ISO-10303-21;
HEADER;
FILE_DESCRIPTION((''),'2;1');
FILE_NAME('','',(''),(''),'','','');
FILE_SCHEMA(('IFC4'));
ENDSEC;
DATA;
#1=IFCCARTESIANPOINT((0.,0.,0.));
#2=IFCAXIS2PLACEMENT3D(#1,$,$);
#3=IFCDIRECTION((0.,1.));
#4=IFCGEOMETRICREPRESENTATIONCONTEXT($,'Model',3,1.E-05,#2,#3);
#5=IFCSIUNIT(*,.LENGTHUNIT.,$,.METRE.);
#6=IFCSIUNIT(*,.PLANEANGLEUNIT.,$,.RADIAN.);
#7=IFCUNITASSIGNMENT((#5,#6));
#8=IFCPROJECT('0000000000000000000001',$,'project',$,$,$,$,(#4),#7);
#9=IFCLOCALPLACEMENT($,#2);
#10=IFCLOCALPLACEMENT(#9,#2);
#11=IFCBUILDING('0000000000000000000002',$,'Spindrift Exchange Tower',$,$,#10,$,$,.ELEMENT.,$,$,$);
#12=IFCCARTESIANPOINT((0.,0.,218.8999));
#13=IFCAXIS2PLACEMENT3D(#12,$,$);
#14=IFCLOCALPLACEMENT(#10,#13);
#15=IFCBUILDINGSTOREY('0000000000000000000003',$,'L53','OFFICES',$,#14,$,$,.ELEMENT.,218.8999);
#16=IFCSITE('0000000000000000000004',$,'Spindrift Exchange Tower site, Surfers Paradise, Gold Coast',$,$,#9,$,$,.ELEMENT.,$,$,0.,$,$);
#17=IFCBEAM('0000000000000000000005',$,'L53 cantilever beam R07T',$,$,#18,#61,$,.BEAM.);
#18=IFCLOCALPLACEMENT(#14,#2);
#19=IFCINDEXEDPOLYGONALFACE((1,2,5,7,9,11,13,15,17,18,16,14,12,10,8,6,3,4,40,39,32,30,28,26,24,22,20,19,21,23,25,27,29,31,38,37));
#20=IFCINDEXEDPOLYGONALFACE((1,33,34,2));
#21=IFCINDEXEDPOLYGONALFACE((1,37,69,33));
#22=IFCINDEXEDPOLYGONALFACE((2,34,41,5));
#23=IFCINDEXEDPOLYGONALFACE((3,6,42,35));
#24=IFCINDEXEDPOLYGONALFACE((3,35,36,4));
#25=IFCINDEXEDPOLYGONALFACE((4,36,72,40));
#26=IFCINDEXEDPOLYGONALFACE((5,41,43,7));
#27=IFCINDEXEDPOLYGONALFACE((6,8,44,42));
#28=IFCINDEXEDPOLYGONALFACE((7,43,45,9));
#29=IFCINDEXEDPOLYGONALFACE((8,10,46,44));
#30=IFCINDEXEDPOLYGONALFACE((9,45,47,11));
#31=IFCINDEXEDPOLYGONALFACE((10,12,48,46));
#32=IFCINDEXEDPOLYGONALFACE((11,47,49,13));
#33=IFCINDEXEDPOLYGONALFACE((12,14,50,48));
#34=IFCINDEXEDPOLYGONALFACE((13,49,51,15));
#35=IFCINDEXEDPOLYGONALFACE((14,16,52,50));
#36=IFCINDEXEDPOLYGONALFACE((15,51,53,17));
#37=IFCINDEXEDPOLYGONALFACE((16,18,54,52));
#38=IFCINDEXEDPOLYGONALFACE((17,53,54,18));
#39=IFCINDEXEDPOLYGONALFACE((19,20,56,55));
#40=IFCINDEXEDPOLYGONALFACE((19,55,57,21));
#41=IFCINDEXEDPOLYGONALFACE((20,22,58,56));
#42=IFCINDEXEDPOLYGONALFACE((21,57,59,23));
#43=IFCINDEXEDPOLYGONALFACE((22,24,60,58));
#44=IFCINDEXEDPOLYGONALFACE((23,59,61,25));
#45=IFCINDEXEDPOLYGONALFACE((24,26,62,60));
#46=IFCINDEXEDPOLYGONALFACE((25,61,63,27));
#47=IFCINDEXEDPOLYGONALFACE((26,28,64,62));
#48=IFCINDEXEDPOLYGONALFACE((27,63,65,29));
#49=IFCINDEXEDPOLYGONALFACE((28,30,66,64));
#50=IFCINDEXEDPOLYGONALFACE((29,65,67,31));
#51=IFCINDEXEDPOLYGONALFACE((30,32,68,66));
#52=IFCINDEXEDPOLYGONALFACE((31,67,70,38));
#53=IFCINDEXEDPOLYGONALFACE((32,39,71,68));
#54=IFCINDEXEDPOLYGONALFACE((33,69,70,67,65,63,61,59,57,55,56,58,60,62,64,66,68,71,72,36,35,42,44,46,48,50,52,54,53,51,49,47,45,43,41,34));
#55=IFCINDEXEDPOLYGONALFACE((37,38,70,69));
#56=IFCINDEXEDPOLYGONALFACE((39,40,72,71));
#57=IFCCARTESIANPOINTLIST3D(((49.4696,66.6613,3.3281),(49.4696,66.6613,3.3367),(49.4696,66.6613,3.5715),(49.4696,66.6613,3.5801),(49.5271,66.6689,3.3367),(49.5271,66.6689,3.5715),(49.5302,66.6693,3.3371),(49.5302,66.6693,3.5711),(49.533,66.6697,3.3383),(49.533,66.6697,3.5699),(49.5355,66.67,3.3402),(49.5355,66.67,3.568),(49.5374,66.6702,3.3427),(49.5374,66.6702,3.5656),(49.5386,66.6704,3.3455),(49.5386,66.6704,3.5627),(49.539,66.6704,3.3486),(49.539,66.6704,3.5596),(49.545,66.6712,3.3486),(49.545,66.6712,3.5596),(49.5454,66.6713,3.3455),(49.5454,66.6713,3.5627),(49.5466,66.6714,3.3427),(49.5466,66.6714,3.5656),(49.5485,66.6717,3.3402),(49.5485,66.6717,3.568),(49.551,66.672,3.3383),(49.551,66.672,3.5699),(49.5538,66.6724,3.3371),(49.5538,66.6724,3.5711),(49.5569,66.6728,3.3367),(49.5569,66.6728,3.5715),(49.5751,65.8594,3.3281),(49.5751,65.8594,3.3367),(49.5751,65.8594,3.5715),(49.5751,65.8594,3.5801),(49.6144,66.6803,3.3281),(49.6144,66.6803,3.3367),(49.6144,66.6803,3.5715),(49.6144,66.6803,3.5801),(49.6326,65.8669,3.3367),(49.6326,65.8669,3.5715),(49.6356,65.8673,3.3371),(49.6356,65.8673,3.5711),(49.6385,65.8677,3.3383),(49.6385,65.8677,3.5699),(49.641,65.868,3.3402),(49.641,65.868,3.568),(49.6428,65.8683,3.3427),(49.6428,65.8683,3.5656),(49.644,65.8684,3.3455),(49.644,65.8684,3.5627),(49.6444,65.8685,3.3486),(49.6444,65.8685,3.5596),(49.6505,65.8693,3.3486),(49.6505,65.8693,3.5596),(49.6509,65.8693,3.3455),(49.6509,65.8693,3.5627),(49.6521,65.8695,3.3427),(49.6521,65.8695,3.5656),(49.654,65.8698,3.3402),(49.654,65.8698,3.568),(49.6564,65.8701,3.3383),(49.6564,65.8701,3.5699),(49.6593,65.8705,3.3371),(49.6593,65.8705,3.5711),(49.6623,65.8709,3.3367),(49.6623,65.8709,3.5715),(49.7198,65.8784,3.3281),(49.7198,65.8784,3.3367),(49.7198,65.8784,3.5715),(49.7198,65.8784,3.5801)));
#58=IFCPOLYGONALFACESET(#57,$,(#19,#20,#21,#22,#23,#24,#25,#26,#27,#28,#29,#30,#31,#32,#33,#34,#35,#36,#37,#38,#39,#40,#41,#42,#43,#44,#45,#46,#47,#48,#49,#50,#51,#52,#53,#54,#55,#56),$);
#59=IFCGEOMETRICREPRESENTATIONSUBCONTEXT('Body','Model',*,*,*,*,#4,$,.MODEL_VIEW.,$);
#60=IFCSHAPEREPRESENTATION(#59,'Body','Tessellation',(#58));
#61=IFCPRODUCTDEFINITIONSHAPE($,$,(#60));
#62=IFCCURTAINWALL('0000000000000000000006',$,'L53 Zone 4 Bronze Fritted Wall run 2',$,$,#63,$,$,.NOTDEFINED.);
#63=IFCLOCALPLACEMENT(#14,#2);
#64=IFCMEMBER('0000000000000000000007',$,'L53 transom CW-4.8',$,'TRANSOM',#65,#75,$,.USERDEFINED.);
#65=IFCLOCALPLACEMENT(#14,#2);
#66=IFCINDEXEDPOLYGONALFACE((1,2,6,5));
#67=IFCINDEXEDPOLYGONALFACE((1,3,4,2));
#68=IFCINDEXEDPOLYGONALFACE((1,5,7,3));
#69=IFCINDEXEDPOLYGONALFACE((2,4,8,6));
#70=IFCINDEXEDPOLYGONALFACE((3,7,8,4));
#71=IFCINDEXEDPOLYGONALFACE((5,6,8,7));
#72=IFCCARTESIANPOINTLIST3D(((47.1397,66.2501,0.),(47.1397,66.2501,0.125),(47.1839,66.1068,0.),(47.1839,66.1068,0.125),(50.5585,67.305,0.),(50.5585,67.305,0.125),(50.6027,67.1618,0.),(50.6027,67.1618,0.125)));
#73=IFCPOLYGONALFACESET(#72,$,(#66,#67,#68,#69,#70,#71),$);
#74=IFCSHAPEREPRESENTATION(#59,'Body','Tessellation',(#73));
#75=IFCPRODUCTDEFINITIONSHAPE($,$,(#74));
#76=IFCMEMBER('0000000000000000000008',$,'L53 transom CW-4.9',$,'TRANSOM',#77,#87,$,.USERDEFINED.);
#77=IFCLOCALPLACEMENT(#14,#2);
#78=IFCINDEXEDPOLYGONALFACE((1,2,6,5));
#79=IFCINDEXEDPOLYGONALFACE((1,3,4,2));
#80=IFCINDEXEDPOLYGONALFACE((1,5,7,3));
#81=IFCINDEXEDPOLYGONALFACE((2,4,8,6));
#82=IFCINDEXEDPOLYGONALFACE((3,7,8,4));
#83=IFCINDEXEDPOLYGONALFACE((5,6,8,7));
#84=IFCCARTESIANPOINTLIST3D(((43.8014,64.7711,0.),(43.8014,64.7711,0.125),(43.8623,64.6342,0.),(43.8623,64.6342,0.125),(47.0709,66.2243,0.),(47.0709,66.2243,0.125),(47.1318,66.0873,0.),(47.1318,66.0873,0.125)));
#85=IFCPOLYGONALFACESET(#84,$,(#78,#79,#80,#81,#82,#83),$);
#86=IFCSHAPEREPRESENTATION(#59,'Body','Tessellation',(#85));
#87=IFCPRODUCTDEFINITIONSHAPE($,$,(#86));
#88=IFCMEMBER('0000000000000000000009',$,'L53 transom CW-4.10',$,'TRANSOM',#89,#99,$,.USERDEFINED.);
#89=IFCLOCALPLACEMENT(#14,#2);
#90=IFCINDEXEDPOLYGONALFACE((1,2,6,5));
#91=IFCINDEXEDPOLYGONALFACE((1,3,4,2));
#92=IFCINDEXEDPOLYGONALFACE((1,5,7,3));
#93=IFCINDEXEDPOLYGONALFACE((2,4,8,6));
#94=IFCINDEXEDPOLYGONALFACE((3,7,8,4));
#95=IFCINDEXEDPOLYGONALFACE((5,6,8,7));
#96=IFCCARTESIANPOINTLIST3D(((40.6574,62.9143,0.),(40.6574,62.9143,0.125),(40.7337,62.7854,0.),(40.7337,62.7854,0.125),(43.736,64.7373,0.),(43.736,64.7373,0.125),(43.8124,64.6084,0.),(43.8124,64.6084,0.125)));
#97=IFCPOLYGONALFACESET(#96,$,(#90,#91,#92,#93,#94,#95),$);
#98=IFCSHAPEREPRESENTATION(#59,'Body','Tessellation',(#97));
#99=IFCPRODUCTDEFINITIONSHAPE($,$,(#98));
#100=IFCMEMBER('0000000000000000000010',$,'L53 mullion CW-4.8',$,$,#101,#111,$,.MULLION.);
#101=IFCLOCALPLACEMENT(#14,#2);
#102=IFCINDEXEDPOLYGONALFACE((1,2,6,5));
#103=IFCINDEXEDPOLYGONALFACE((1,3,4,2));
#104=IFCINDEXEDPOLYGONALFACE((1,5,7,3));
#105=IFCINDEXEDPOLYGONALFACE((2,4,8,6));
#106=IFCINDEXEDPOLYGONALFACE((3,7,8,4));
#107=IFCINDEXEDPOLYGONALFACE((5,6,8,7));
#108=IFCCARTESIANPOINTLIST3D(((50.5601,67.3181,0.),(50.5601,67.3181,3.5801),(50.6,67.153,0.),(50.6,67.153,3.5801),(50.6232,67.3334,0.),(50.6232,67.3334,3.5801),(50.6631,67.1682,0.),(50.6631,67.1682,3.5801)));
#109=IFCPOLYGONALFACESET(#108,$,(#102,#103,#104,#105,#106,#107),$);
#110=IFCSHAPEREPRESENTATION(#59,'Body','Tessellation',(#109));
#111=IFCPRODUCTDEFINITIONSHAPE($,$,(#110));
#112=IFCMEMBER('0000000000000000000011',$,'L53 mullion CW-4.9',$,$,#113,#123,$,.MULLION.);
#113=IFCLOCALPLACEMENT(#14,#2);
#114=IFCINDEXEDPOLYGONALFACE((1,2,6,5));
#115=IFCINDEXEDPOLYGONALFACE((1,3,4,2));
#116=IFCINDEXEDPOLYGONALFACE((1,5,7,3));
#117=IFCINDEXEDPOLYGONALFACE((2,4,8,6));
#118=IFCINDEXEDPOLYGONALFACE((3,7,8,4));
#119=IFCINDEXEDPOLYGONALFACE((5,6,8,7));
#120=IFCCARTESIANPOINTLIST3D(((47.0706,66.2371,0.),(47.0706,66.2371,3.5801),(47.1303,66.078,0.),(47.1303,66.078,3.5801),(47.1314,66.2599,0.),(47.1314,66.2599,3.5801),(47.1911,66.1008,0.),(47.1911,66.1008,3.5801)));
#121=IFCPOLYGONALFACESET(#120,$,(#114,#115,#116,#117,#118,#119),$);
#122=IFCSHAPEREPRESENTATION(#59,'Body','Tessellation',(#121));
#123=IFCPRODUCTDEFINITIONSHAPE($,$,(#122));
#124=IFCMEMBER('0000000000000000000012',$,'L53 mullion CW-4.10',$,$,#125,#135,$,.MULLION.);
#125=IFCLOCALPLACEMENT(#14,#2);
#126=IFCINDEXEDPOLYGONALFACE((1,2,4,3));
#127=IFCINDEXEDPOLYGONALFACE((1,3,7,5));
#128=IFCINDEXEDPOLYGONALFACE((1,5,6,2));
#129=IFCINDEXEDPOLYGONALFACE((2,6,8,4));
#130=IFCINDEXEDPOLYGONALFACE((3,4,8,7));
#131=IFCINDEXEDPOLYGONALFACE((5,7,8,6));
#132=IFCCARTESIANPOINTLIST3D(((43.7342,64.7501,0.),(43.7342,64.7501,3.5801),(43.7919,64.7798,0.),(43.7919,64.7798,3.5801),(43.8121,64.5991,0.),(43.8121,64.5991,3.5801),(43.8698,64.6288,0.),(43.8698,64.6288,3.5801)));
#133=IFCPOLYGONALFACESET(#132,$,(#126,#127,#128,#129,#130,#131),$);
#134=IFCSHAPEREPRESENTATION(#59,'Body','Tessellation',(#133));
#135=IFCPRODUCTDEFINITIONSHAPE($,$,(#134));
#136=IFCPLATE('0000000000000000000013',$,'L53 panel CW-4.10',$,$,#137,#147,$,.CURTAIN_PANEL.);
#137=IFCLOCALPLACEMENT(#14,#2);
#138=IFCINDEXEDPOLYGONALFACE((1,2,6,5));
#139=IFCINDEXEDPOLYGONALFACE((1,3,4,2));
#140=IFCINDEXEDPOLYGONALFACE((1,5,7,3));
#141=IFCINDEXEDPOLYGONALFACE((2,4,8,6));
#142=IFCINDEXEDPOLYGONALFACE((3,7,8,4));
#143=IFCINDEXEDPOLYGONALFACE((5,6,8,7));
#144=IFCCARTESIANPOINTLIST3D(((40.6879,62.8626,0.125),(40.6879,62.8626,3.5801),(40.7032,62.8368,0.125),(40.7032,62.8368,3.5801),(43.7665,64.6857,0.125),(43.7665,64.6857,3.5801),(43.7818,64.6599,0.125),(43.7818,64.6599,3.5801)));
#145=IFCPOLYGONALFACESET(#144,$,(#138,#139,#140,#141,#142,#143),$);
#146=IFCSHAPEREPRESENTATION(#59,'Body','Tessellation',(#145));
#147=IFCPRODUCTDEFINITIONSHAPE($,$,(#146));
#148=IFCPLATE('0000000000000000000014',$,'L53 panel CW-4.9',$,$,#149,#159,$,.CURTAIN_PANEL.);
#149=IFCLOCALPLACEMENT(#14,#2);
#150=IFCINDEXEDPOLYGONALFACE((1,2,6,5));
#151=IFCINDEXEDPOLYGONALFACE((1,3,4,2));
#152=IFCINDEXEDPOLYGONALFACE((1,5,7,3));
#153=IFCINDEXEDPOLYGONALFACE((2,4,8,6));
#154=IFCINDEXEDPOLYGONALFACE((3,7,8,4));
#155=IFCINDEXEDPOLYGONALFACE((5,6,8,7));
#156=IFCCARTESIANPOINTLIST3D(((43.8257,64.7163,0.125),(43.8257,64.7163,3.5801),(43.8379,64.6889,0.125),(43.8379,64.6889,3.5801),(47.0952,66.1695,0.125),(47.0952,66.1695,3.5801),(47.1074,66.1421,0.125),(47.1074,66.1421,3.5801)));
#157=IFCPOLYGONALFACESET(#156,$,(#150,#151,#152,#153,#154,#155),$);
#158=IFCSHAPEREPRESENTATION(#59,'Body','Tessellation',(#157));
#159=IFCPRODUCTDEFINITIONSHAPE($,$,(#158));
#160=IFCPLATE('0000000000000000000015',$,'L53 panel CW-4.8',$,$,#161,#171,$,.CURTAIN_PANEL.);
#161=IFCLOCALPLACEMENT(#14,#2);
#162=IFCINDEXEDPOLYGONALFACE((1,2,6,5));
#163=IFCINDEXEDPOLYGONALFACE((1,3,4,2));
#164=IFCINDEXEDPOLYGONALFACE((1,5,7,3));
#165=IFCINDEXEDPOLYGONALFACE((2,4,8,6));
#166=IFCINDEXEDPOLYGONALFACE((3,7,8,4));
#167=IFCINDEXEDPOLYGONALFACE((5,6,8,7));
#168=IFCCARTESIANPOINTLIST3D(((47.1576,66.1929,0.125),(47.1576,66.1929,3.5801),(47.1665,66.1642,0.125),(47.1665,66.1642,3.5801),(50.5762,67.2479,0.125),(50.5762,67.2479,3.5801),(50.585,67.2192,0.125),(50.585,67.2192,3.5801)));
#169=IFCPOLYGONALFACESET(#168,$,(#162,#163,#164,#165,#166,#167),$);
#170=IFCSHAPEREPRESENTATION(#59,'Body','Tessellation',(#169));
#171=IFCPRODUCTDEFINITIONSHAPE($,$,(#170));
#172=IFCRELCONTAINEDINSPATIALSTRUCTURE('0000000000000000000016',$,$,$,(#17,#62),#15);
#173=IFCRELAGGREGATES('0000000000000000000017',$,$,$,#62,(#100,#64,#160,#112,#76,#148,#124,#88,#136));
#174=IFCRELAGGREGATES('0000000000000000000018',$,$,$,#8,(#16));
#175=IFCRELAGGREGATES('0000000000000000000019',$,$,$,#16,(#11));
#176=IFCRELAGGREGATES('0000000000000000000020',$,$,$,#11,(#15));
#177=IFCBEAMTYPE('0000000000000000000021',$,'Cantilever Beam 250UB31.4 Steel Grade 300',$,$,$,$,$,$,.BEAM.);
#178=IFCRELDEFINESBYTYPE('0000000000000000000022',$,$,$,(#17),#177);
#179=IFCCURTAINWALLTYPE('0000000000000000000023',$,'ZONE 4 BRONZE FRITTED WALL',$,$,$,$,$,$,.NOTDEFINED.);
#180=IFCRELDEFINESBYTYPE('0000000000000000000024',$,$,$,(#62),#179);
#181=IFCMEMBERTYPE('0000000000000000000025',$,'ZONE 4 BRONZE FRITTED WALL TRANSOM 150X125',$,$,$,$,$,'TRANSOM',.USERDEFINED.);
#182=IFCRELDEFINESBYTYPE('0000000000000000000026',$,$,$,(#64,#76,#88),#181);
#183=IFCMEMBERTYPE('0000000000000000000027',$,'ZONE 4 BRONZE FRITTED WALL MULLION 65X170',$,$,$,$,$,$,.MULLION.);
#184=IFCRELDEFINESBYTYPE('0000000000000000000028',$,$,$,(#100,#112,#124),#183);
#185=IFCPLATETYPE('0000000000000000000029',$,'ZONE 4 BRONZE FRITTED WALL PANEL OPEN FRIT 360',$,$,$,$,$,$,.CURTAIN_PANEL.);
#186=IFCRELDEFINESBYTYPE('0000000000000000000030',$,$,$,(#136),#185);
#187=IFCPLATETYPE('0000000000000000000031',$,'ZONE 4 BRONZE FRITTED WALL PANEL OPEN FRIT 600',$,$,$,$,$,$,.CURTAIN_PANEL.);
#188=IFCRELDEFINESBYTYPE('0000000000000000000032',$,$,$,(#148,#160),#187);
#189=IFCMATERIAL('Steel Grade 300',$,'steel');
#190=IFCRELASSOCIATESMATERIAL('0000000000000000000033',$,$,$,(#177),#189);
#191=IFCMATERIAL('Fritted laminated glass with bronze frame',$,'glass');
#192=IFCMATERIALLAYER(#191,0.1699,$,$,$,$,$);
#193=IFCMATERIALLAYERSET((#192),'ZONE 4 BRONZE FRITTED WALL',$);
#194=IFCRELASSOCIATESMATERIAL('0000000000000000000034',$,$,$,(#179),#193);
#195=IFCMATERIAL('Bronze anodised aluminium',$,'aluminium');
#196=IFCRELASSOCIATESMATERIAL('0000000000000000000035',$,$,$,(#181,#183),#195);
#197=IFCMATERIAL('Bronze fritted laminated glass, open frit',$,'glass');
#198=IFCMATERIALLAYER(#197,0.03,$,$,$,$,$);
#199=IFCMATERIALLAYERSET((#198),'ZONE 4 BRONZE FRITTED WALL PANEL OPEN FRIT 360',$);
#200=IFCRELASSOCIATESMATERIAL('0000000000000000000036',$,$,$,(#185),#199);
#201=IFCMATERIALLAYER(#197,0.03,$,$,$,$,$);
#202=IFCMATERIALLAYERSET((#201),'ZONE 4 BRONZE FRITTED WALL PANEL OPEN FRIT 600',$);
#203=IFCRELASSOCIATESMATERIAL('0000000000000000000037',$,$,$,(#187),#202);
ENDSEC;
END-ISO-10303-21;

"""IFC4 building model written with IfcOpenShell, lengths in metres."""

from ifc_helpers import new_model, si_unit, direction, frame, origin, origin_2d, place, context, subcontext, project, spatial, rectangle, i_section, extrude, source, transform, mapped, material, layer, layer_set, material_profile, profile_set, type_object, element, aggregate, save


model = new_model("IFC4")

# Units and contexts
model_context = context("Model", 3, precision=1e-05, world=origin(), true_north=direction((0.0, 1.0)))
body_context = subcontext(model_context, "Body", "Model", "MODEL_VIEW")
ifc_project = project(units=[si_unit("LENGTHUNIT", "METRE"), si_unit("PLANEANGLEUNIT", "RADIAN")], contexts=[model_context])

# Site, building, storey
site_placement = place(None, origin())
site = spatial("IfcSite", under=ifc_project, at=site_placement, Name="Spindrift Exchange Tower site, Surfers Paradise, Gold Coast", CompositionType="ELEMENT", RefElevation=0.0)
building_placement = place(site_placement, origin())
building = spatial("IfcBuilding", under=site, at=building_placement, Name="Spindrift Exchange Tower", CompositionType="ELEMENT")
storey_placement = place(building_placement, frame((0.0, 0.0, 218.8999)))
storey = spatial("IfcBuildingStorey", under=building, at=storey_placement, Name="L53", Description="OFFICES", CompositionType="ELEMENT", Elevation=218.8999)

# Beam
ifc_material_1 = material(Name="Steel Grade 300", Category="steel")
ifc_material_profile_1 = material_profile(ifc_material_1, i_section(OverallWidth=0.146, OverallDepth=0.252, WebThickness=0.0061, FlangeThickness=0.0085, FilletRadius=0.012, at=origin_2d()), Name="250UB31.4")
ifc_profile_set_1 = profile_set([ifc_material_profile_1], Name="Steel Grade 300")
beam_type_1 = type_object("IfcBeamType", Name="Cantilever Beam 250UB31.4 Steel Grade 300", PredefinedType="BEAM", material=ifc_profile_set_1)
shared_shape_1 = source(origin(), body_context, "Body", "SweptSolid", [
    extrude(i_section(OverallWidth=0.146, OverallDepth=0.252, WebThickness=0.0061, FlangeThickness=0.0085, FilletRadius=0.012, at=origin_2d()), origin(), (0.0, 0.0, 1.0), 0.8088),
])
beam_1_placement = place(storey_placement, frame((49.6475, 65.8689, 3.4541), z_axis=(-0.130384, 0.991464, 0.0), x_axis=(-0.991464, -0.130384, 0.0)))
element("IfcBeam", 1, at=beam_1_placement, inside=storey, type_object=beam_type_1, Name="L53 cantilever beam R07T", PredefinedType="BEAM", context=body_context, shape_type="MappedRepresentation", body=[
    mapped(shared_shape_1, transform((0.0, 0.0, 0.0), scale=1.0)),
])

# Curtain wall, members, plates
ifc_material_2 = material(Name="Fritted laminated glass with bronze frame", Category="glass")
ifc_layer_1 = layer(ifc_material_2, 0.1699)
ifc_layer_set_1 = layer_set([ifc_layer_1], Name="ZONE 4 BRONZE FRITTED WALL")
curtain_wall_type = type_object("IfcCurtainWallType", Name="ZONE 4 BRONZE FRITTED WALL", PredefinedType="NOTDEFINED", material=ifc_layer_set_1)
curtain_wall_placement = place(storey_placement, origin())
curtain_wall = element("IfcCurtainWall", 2, at=curtain_wall_placement, inside=storey, type_object=curtain_wall_type, Name="L53 Zone 4 Bronze Fritted Wall run 2", PredefinedType="NOTDEFINED")
ifc_material_3 = material(Name="Bronze anodised aluminium", Category="aluminium")
ifc_material_profile_2 = material_profile(ifc_material_3, rectangle(XDim=0.1499, YDim=0.125, at=origin_2d()), Name="ZONE 4 BRONZE FRITTED WALL TRANSOM 150X125")
ifc_profile_set_2 = profile_set([ifc_material_profile_2], Name="Bronze anodised aluminium")
member_type_1 = type_object("IfcMemberType", Name="ZONE 4 BRONZE FRITTED WALL TRANSOM 150X125", ElementType="TRANSOM", PredefinedType="USERDEFINED", material=ifc_profile_set_2)
shared_shape_2 = source(origin(), body_context, "Body", "SweptSolid", [
    extrude(rectangle(XDim=0.1499, YDim=0.125, at=origin_2d()), origin(), (0.0, 0.0, 1.0), 3.5779),
])
member_1_placement = place(storey_placement, frame((50.5806, 67.2334, 0.0625), z_axis=(-0.955541, -0.294858, 0.0), x_axis=(0.294858, -0.955541, 0.0)))
member_1 = element("IfcMember", 3, at=member_1_placement, type_object=member_type_1, Name="L53 transom CW-4.8", ObjectType="TRANSOM", PredefinedType="USERDEFINED", context=body_context, shape_type="MappedRepresentation", body=[
    mapped(shared_shape_2, transform((0.0, 0.0, 0.0), scale=1.0)),
])
member_2_placement = place(storey_placement, frame((47.1013, 66.1558, 0.0625), z_axis=(-0.913812, -0.406138, 0.0), x_axis=(0.406138, -0.913812, 0.0)))
member_2 = element("IfcMember", 4, at=member_2_placement, type_object=member_type_1, Name="L53 transom CW-4.9", ObjectType="TRANSOM", PredefinedType="USERDEFINED", context=body_context, shape_type="MappedRepresentation", body=[
    mapped(shared_shape_2, transform((0.0, 0.0, 0.0), scale=1.0)),
])
member_3_placement = place(storey_placement, frame((43.7742, 64.6729, 0.0625), z_axis=(-0.860459, -0.50952, 0.0), x_axis=(0.50952, -0.860459, 0.0)))
member_3 = element("IfcMember", 5, at=member_3_placement, type_object=member_type_1, Name="L53 transom CW-4.10", ObjectType="TRANSOM", PredefinedType="USERDEFINED", context=body_context, shape_type="MappedRepresentation", body=[
    mapped(shared_shape_2, transform((0.0, 0.0, 0.0), scale=1.0)),
])
ifc_material_profile_3 = material_profile(ifc_material_3, rectangle(XDim=0.0649, YDim=0.1699, at=origin_2d()), Name="ZONE 4 BRONZE FRITTED WALL MULLION 65X170")
ifc_profile_set_3 = profile_set([ifc_material_profile_3], Name="Bronze anodised aluminium")
member_type_2 = type_object("IfcMemberType", Name="ZONE 4 BRONZE FRITTED WALL MULLION 65X170", PredefinedType="MULLION", material=ifc_profile_set_3)
shared_shape_3 = source(origin(), body_context, "Body", "SweptSolid", [
    extrude(rectangle(XDim=0.0649, YDim=0.1699, at=origin_2d()), origin(), (0.0, 0.0, 1.0), 3.5801),
])
member_4_placement = place(storey_placement, frame((50.6116, 67.2432, 0.0), z_axis=(0.0, 0.0, 1.0), x_axis=(-0.972064, -0.234716, 0.0)))
member_4 = element("IfcMember", 6, at=member_4_placement, type_object=member_type_2, Name="L53 mullion CW-4.8", PredefinedType="MULLION", context=body_context, shape_type="MappedRepresentation", body=[
    mapped(shared_shape_3, transform((0.0, 0.0, 0.0), scale=1.0)),
])
member_5_placement = place(storey_placement, frame((47.1309, 66.1689, 0.0), z_axis=(0.0, 0.0, 1.0), x_axis=(-0.936323, -0.351139, 0.0)))
member_5 = element("IfcMember", 7, at=member_5_placement, type_object=member_type_2, Name="L53 mullion CW-4.9", PredefinedType="MULLION", context=body_context, shape_type="MappedRepresentation", body=[
    mapped(shared_shape_3, transform((0.0, 0.0, 0.0), scale=1.0)),
])
member_6_placement = place(storey_placement, frame((43.802, 64.6895, 0.0), z_axis=(0.0, 0.0, 1.0), x_axis=(-0.888632, -0.458621, 0.0)))
member_6 = element("IfcMember", 8, at=member_6_placement, type_object=member_type_2, Name="L53 mullion CW-4.10", PredefinedType="MULLION", context=body_context, shape_type="MappedRepresentation", body=[
    mapped(shared_shape_3, transform((0.0, 0.0, 0.0), scale=1.0)),
])
ifc_material_4 = material(Name="Bronze fritted laminated glass, open frit", Category="glass")
ifc_layer_2 = layer(ifc_material_4, 0.03)
ifc_layer_set_2 = layer_set([ifc_layer_2], Name="ZONE 4 BRONZE FRITTED WALL PANEL OPEN FRIT 360")
plate_type_1 = type_object("IfcPlateType", Name="ZONE 4 BRONZE FRITTED WALL PANEL OPEN FRIT 360", PredefinedType="CURTAIN_PANEL", material=ifc_layer_set_2)
shared_shape_4 = source(origin(), body_context, "Body", "SweptSolid", [
    extrude(rectangle(XDim=3.5779, YDim=0.03, at=origin_2d()), origin(), (0.0, 0.0, 1.0), 3.4551),
])
plate_1_placement = place(storey_placement, frame((42.2349, 63.7612, 0.125), z_axis=(0.0, 0.0, 1.0), x_axis=(-0.860446, -0.509542, 0.0)))
plate_1 = element("IfcPlate", 9, at=plate_1_placement, type_object=plate_type_1, Name="L53 panel CW-4.10", PredefinedType="CURTAIN_PANEL", context=body_context, shape_type="MappedRepresentation", body=[
    mapped(shared_shape_4, transform((0.0, 0.0, 0.0), scale=1.0)),
])
ifc_layer_3 = layer(ifc_material_4, 0.03)
ifc_layer_set_3 = layer_set([ifc_layer_3], Name="ZONE 4 BRONZE FRITTED WALL PANEL OPEN FRIT 600")
plate_type_2 = type_object("IfcPlateType", Name="ZONE 4 BRONZE FRITTED WALL PANEL OPEN FRIT 600", PredefinedType="CURTAIN_PANEL", material=ifc_layer_set_3)
shared_shape_5 = source(origin(), body_context, "Body", "SweptSolid", [
    extrude(rectangle(XDim=3.5779, YDim=0.03, at=origin_2d()), origin(), (0.0, 0.0, 1.0), 3.4551),
])
plate_2_placement = place(storey_placement, frame((45.4666, 65.4292, 0.125), z_axis=(0.0, 0.0, 1.0), x_axis=(-0.913808, -0.406147, 0.0)))
plate_2 = element("IfcPlate", 10, at=plate_2_placement, type_object=plate_type_2, Name="L53 panel CW-4.9", PredefinedType="CURTAIN_PANEL", context=body_context, shape_type="MappedRepresentation", body=[
    mapped(shared_shape_5, transform((0.0, 0.0, 0.0), scale=1.0)),
])
shared_shape_6 = source(origin(), body_context, "Body", "SweptSolid", [
    extrude(rectangle(XDim=3.5776, YDim=0.03, at=origin_2d()), origin(), (0.0, 0.0, 1.0), 3.4551),
])
plate_3_placement = place(storey_placement, frame((48.8713, 66.7061, 0.125), z_axis=(0.0, 0.0, 1.0), x_axis=(-0.95553, -0.294893, 0.0)))
plate_3 = element("IfcPlate", 11, at=plate_3_placement, type_object=plate_type_2, Name="L53 panel CW-4.8", PredefinedType="CURTAIN_PANEL", context=body_context, shape_type="MappedRepresentation", body=[
    mapped(shared_shape_6, transform((0.0, 0.0, 0.0), scale=1.0)),
])
aggregate(curtain_wall, [member_4, member_1, plate_3, member_5, member_2, plate_2, member_6, member_3, plate_1])

save(model, "model.ifc")
